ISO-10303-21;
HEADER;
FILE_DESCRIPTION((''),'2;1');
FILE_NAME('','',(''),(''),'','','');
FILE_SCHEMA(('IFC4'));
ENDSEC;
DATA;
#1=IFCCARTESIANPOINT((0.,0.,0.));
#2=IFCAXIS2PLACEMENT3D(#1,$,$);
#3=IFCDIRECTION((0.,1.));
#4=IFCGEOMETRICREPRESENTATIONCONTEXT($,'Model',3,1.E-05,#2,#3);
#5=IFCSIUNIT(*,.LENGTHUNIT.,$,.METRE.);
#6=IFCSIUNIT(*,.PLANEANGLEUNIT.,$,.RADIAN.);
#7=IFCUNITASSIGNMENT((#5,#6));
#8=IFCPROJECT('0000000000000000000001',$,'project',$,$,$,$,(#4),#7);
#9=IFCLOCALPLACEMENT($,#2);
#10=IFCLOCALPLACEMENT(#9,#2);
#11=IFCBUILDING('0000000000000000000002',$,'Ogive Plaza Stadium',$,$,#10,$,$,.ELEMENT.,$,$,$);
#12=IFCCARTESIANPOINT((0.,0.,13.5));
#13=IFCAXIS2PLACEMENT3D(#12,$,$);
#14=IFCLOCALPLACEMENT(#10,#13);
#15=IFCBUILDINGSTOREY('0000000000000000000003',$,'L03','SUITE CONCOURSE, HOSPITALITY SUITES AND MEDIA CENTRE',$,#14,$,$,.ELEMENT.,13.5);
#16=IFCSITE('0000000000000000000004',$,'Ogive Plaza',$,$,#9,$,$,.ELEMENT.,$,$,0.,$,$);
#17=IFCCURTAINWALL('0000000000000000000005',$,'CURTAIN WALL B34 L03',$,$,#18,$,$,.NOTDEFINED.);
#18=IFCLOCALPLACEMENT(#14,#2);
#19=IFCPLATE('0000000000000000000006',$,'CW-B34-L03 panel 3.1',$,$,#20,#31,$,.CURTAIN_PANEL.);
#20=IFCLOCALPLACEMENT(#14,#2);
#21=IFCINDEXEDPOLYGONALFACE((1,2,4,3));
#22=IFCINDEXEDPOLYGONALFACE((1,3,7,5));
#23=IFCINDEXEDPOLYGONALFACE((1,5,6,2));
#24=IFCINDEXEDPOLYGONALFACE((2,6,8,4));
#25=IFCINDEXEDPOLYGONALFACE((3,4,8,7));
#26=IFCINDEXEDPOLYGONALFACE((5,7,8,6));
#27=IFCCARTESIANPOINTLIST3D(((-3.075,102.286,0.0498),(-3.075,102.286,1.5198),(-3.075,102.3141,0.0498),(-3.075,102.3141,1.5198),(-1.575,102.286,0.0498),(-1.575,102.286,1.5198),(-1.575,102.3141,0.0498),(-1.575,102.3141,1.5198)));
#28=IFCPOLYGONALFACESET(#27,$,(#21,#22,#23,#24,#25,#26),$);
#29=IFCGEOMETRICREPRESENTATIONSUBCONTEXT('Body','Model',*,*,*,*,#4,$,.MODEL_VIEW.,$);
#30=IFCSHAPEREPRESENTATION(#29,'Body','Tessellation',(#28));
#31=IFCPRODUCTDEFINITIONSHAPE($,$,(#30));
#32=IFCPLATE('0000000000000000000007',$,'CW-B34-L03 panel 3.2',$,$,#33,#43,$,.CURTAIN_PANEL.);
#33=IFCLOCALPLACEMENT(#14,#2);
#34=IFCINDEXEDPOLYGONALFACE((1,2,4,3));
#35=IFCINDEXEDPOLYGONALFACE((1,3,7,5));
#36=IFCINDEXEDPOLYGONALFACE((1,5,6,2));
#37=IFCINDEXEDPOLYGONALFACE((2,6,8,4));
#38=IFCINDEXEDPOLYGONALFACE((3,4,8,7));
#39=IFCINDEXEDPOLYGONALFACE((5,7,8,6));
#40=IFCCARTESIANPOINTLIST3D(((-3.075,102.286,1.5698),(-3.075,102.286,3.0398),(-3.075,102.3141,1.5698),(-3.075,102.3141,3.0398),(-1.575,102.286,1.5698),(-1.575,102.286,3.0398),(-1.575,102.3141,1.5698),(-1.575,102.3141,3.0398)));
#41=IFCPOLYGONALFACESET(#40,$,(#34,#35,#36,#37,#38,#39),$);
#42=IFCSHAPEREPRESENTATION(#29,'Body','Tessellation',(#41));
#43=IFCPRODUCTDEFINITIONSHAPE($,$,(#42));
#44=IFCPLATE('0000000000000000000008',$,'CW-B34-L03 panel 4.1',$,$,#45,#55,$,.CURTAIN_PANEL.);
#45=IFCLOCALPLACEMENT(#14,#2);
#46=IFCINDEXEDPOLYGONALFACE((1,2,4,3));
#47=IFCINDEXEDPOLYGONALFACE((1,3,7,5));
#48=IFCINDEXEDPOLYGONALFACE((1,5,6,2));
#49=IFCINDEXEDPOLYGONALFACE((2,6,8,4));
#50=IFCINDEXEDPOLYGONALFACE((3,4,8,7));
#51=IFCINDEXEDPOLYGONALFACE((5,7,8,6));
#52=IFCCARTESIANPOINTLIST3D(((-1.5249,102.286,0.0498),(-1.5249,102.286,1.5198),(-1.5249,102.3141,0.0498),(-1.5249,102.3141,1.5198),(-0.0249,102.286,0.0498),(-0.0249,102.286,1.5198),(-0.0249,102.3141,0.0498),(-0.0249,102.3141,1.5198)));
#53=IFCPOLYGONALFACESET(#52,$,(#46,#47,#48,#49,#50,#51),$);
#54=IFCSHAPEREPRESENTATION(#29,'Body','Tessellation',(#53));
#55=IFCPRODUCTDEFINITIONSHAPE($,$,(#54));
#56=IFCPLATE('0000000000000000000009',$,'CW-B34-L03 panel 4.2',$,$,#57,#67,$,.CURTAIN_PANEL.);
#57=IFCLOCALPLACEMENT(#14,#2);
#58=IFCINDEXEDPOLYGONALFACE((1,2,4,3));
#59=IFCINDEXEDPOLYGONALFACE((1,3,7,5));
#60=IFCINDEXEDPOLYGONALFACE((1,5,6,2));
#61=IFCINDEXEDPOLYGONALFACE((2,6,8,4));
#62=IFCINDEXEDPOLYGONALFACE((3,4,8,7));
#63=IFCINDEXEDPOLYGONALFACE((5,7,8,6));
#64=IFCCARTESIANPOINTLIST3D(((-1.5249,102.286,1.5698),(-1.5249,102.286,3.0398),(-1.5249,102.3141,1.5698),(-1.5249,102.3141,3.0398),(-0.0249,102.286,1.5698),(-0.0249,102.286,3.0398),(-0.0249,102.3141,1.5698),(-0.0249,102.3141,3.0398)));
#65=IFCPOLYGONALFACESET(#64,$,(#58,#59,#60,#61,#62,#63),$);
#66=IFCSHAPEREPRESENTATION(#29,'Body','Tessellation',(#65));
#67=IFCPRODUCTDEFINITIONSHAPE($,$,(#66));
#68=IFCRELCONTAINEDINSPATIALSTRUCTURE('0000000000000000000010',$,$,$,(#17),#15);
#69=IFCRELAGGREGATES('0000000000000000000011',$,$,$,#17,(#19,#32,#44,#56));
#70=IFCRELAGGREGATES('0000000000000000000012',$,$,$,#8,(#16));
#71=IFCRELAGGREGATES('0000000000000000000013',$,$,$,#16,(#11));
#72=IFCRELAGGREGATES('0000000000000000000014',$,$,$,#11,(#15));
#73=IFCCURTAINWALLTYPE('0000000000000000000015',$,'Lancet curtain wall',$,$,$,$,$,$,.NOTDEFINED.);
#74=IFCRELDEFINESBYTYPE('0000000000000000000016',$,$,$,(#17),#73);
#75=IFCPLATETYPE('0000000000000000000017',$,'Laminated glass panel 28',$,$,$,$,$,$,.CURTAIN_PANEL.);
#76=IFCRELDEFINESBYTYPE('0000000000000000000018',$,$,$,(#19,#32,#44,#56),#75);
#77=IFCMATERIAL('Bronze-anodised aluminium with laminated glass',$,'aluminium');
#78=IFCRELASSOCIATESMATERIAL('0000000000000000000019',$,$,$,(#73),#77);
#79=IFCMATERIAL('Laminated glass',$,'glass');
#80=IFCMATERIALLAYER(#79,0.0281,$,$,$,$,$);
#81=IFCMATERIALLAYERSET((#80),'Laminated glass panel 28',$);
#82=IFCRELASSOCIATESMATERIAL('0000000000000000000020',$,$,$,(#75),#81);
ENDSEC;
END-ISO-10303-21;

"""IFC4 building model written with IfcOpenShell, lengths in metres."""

from ifc_helpers import new_model, si_unit, direction, frame, origin, origin_2d, place, context, subcontext, project, spatial, rectangle, extrude, material, layer, layer_set, type_object, element, aggregate, save


model = new_model("IFC4")

# Units and contexts
model_context = context("Model", 3, precision=1e-05, world=origin(), true_north=direction((0.0, 1.0)))
body_context = subcontext(model_context, "Body", "Model", "MODEL_VIEW")
ifc_project = project(units=[si_unit("LENGTHUNIT", "METRE"), si_unit("PLANEANGLEUNIT", "RADIAN")], contexts=[model_context])

# Site, building, storey
site_placement = place(None, origin())
site = spatial("IfcSite", under=ifc_project, at=site_placement, Name="Ogive Plaza", CompositionType="ELEMENT", RefElevation=0.0)
building_placement = place(site_placement, origin())
building = spatial("IfcBuilding", under=site, at=building_placement, Name="Ogive Plaza Stadium", CompositionType="ELEMENT")
storey_placement = place(building_placement, frame((0.0, 0.0, 13.5)))
storey = spatial("IfcBuildingStorey", under=building, at=storey_placement, Name="L03", Description="SUITE CONCOURSE, HOSPITALITY SUITES AND MEDIA CENTRE", CompositionType="ELEMENT", Elevation=13.5)

# Shared definitions
ifc_material_1 = material(Name="Bronze-anodised aluminium with laminated glass", Category="aluminium")
curtain_wall_type = type_object("IfcCurtainWallType", Name="Lancet curtain wall", PredefinedType="NOTDEFINED", material=ifc_material_1)

# Curtain wall
curtain_wall_1_placement = place(storey_placement, origin())
curtain_wall_1 = element("IfcCurtainWall", 1, at=curtain_wall_1_placement, inside=storey, type_object=curtain_wall_type, Name="CURTAIN WALL B34 L03", PredefinedType="NOTDEFINED")

# Plates
ifc_material_2 = material(Name="Laminated glass", Category="glass")
ifc_layer = layer(ifc_material_2, 0.0281)
ifc_layer_set = layer_set([ifc_layer], Name="Laminated glass panel 28")
plate_type = type_object("IfcPlateType", Name="Laminated glass panel 28", PredefinedType="CURTAIN_PANEL", material=ifc_layer_set)
plate_1_placement = place(storey_placement, frame((-2.325, 102.3, 0.0498), z_axis=(0.0, 0.0, 1.0), x_axis=(1.0, 0.0, 0.0)))
plate_1 = element("IfcPlate", 2, at=plate_1_placement, type_object=plate_type, Name="CW-B34-L03 panel 3.1", PredefinedType="CURTAIN_PANEL", context=body_context, shape_type="SweptSolid", body=[
    extrude(rectangle(XDim=1.5, YDim=0.0281, at=origin_2d()), origin(), (0.0, 0.0, 1.0), 1.47),
])
plate_2_placement = place(storey_placement, frame((-2.325, 102.3, 1.5698), z_axis=(0.0, 0.0, 1.0), x_axis=(1.0, 0.0, 0.0)))
plate_2 = element("IfcPlate", 3, at=plate_2_placement, type_object=plate_type, Name="CW-B34-L03 panel 3.2", PredefinedType="CURTAIN_PANEL", context=body_context, shape_type="SweptSolid", body=[
    extrude(rectangle(XDim=1.5, YDim=0.0281, at=origin_2d()), origin(), (0.0, 0.0, 1.0), 1.47),
])
plate_3_placement = place(storey_placement, frame((-0.7749, 102.3, 0.0498), z_axis=(0.0, 0.0, 1.0), x_axis=(1.0, 0.0, 0.0)))
plate_3 = element("IfcPlate", 4, at=plate_3_placement, type_object=plate_type, Name="CW-B34-L03 panel 4.1", PredefinedType="CURTAIN_PANEL", context=body_context, shape_type="SweptSolid", body=[
    extrude(rectangle(XDim=1.5, YDim=0.0281, at=origin_2d()), origin(), (0.0, 0.0, 1.0), 1.47),
])
plate_4_placement = place(storey_placement, frame((-0.7749, 102.3, 1.5698), z_axis=(0.0, 0.0, 1.0), x_axis=(1.0, 0.0, 0.0)))
plate_4 = element("IfcPlate", 5, at=plate_4_placement, type_object=plate_type, Name="CW-B34-L03 panel 4.2", PredefinedType="CURTAIN_PANEL", context=body_context, shape_type="SweptSolid", body=[
    extrude(rectangle(XDim=1.5, YDim=0.0281, at=origin_2d()), origin(), (0.0, 0.0, 1.0), 1.47),
])
aggregate(curtain_wall_1, [plate_1, plate_2, plate_3, plate_4])

save(model, "model.ifc")
